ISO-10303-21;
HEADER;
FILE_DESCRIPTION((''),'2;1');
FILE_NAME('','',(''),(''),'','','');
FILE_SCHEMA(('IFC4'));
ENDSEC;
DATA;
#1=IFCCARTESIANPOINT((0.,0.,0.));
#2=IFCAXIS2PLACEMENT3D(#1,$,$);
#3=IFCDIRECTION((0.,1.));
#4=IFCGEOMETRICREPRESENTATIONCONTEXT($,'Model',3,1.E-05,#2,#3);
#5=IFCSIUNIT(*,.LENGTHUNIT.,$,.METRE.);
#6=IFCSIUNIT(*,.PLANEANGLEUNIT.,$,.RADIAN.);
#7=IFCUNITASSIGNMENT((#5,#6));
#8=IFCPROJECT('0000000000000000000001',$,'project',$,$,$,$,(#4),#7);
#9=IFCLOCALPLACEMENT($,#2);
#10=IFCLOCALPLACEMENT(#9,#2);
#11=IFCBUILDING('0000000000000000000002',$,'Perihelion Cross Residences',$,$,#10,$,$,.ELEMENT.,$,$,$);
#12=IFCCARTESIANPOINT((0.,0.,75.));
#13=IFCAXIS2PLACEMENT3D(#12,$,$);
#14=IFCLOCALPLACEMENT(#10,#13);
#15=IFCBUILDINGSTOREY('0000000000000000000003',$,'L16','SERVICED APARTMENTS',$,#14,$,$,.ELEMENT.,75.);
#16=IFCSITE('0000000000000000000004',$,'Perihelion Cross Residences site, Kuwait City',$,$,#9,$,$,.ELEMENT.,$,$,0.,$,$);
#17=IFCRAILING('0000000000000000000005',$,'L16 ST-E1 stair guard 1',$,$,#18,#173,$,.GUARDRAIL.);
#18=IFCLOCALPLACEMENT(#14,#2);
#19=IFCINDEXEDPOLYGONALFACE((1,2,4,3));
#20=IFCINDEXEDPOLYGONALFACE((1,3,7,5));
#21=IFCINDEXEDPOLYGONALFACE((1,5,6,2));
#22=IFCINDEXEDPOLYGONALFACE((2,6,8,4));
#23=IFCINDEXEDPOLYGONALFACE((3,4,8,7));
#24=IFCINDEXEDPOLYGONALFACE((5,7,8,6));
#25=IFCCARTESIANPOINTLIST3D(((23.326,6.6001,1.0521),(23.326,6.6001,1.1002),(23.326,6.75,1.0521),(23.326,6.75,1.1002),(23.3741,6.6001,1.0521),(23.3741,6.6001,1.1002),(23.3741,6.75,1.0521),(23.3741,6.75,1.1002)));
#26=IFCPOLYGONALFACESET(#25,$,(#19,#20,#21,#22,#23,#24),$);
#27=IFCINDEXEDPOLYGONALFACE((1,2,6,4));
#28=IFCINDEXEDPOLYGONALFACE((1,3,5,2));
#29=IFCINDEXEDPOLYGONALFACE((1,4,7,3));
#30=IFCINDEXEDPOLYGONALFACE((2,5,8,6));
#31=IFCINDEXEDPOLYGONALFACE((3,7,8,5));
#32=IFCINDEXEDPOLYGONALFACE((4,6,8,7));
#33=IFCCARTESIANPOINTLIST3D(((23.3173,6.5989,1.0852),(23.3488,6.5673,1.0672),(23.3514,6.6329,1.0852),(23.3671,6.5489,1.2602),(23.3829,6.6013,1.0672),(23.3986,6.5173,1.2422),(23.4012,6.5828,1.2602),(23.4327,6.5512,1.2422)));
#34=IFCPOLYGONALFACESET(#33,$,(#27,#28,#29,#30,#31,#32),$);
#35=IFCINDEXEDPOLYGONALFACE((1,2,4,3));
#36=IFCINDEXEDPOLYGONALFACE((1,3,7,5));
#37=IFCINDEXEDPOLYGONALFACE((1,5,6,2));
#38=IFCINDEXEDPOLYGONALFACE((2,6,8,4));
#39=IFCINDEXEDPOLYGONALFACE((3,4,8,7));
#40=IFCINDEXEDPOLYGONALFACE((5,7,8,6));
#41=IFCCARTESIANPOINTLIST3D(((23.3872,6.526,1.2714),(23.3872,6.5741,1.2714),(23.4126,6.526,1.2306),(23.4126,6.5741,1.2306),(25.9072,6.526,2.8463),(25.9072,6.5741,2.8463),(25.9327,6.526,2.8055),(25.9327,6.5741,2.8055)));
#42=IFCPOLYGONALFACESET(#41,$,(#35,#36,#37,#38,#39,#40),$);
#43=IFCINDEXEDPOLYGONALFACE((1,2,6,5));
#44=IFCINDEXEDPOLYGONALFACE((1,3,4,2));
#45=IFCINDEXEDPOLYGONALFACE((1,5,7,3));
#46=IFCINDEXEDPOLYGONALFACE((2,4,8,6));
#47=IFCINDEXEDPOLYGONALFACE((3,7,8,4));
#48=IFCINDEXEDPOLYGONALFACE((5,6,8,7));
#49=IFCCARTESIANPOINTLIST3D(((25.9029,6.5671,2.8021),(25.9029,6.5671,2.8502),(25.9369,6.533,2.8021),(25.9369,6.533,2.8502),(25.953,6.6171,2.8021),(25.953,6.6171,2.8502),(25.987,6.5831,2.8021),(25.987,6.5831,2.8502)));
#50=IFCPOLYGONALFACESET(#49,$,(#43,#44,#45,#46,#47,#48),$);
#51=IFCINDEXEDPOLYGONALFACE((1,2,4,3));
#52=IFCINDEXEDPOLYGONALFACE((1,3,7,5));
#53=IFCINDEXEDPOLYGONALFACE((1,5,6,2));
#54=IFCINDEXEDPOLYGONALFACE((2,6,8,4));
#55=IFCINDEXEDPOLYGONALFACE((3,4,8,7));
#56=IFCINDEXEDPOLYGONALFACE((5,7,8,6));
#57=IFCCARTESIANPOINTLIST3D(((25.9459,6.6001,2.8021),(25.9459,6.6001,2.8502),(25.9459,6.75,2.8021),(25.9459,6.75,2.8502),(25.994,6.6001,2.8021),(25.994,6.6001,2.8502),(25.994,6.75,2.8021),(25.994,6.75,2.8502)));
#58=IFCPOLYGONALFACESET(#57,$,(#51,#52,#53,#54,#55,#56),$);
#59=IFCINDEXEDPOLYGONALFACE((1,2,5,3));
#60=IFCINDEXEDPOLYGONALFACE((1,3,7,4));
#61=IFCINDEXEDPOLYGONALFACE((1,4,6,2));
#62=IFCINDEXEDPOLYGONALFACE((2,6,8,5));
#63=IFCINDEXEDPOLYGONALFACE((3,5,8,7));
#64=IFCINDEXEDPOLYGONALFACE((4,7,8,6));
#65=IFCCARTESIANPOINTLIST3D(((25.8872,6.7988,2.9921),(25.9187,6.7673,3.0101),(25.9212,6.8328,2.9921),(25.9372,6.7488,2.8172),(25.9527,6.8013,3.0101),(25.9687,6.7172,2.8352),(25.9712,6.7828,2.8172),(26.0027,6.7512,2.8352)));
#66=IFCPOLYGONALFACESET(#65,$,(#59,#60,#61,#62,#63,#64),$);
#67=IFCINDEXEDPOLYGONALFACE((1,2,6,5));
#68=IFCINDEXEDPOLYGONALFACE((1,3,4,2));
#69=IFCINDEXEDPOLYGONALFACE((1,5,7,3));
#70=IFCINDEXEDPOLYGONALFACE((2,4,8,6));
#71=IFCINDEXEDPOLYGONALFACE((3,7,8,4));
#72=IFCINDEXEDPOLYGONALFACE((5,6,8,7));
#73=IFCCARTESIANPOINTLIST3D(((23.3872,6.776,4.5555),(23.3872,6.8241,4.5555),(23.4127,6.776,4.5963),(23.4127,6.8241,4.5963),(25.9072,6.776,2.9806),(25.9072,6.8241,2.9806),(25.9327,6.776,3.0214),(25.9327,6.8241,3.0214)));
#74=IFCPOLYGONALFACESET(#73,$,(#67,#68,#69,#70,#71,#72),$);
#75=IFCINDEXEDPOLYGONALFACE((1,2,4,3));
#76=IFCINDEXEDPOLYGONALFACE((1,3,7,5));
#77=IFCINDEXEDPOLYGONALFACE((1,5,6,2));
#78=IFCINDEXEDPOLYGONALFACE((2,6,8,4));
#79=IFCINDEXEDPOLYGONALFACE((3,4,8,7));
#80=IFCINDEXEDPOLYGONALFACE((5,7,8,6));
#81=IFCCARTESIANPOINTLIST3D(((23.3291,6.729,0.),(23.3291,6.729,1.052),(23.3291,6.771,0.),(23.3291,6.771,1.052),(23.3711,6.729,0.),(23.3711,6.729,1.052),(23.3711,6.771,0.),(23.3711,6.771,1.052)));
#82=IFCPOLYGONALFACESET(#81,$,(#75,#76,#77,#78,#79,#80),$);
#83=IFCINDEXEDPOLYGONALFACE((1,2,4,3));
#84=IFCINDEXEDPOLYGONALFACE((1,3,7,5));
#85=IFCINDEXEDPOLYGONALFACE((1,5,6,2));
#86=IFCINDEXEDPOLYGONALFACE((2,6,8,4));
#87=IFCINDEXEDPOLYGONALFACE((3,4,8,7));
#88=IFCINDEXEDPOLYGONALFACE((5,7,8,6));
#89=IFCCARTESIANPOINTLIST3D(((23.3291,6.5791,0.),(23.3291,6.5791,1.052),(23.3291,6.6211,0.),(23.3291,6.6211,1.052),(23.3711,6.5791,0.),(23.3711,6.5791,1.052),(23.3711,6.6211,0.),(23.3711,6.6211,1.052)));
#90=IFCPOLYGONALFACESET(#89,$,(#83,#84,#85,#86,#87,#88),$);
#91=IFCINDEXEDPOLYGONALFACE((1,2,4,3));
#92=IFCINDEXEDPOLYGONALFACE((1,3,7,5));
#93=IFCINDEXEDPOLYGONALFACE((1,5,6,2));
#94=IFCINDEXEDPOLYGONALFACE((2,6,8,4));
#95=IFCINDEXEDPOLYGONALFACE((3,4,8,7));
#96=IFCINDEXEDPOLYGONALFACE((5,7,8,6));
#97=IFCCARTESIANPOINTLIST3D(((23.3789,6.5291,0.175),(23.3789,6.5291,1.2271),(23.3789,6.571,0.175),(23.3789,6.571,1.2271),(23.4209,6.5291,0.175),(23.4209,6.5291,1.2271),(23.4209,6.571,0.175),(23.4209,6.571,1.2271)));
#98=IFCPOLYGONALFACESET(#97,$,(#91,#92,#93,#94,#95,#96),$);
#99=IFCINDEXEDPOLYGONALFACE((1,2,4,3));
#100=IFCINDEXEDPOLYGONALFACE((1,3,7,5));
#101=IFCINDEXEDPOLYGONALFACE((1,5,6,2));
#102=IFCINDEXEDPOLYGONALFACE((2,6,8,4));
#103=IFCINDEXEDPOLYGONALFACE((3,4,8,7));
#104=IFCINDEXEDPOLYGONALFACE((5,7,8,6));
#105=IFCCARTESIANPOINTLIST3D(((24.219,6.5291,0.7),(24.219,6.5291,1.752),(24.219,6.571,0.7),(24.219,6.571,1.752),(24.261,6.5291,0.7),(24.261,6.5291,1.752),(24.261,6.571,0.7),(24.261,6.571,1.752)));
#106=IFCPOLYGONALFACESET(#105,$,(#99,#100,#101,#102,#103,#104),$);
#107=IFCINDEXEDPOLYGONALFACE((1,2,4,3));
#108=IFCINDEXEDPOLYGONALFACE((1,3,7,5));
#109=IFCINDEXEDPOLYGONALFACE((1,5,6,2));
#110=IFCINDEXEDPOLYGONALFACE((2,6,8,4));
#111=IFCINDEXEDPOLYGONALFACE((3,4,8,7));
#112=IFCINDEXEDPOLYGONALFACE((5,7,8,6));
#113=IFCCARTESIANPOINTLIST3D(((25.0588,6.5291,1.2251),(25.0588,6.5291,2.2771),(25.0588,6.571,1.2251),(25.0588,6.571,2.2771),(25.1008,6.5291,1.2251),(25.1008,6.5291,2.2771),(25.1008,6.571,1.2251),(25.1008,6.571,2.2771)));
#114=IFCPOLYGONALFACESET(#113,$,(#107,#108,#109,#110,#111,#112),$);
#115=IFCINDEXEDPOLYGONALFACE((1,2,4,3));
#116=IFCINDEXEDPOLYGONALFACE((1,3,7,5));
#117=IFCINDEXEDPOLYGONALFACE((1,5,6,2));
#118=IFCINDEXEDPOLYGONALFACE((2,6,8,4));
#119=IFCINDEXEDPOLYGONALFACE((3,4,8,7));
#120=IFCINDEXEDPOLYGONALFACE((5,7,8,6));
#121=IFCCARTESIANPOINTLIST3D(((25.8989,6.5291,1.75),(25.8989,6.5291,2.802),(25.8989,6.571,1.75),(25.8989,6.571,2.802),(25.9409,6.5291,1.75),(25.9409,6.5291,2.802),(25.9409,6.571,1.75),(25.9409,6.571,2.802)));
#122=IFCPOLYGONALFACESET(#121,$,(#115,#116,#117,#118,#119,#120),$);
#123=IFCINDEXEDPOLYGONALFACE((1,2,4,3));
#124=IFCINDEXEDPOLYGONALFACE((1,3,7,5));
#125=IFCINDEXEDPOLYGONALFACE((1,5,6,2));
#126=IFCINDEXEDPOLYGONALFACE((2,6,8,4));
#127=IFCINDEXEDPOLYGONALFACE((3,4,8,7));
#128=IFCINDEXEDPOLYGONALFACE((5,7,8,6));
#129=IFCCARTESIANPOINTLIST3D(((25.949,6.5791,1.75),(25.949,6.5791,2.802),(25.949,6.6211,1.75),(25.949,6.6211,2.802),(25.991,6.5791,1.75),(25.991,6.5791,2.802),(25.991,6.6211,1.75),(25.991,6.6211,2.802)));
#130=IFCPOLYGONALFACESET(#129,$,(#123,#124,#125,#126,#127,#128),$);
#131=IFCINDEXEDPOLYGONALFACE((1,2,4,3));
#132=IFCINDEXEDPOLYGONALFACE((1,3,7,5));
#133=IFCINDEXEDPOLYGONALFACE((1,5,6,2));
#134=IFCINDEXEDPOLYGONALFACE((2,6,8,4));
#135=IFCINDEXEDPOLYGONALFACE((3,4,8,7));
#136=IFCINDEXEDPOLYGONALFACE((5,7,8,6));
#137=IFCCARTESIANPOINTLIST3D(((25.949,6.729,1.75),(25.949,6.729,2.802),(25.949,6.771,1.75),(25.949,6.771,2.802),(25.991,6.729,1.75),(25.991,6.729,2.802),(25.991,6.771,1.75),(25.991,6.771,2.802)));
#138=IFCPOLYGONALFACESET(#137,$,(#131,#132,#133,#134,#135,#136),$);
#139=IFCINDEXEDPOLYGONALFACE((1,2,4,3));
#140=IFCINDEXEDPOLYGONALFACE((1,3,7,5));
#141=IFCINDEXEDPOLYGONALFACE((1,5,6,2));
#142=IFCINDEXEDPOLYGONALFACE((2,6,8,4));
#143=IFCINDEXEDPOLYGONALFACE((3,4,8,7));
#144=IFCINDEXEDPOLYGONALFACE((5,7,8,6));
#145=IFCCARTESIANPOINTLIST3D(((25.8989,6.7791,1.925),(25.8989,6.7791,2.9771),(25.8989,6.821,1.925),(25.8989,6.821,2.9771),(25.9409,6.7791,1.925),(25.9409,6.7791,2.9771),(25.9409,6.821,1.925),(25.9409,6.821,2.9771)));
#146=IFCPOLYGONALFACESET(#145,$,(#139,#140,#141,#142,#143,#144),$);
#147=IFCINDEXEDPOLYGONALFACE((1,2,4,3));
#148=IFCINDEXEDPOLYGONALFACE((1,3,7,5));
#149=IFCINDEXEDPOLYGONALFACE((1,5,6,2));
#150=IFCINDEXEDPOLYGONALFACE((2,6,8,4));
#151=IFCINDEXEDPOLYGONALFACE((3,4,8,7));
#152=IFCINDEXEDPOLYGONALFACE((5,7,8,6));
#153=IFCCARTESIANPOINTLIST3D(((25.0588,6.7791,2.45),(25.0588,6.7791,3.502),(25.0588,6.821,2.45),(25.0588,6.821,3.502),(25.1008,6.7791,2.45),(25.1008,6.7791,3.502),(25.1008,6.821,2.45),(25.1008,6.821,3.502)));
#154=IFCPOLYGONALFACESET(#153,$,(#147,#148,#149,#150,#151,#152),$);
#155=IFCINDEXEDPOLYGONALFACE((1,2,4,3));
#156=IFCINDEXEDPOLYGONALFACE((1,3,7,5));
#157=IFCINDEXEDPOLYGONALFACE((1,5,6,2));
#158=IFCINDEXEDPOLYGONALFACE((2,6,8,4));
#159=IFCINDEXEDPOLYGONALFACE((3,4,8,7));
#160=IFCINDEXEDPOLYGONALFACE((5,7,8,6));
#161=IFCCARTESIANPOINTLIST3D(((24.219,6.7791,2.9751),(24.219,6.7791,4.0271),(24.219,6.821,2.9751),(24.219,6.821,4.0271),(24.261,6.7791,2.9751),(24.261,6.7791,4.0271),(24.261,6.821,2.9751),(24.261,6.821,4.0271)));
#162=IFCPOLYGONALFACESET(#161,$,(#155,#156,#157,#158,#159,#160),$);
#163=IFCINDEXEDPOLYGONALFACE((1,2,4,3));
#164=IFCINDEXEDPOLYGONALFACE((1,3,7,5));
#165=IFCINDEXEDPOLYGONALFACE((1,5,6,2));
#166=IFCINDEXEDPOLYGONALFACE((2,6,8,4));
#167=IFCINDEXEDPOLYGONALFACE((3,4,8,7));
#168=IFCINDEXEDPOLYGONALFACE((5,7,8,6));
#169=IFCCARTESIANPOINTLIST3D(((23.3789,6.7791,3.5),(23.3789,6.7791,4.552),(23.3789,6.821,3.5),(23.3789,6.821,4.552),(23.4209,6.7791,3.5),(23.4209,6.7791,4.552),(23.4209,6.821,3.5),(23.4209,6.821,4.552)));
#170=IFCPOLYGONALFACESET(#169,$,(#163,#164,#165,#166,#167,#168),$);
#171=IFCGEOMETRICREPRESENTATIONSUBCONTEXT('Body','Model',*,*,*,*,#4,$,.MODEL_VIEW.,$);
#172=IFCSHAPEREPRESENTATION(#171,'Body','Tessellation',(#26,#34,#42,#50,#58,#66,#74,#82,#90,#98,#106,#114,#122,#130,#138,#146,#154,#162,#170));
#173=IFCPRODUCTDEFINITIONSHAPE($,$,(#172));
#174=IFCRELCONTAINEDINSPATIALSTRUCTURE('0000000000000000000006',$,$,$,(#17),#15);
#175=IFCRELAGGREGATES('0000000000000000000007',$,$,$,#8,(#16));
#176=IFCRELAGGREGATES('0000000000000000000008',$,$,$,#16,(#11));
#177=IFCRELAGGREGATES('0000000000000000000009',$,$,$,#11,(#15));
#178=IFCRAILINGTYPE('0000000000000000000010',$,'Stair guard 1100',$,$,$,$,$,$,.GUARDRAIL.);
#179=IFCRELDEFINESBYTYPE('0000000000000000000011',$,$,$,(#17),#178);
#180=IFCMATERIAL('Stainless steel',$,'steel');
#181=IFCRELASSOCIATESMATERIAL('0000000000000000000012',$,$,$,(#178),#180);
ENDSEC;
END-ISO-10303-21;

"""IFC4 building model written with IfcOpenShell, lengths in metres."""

from ifc_helpers import new_model, si_unit, direction, frame, origin, origin_2d, place, context, subcontext, project, spatial, rectangle, extrude, material, type_object, element, save


model = new_model("IFC4")

# Units and contexts
model_context = context("Model", 3, precision=1e-05, world=origin(), true_north=direction((0.0, 1.0)))
body_context = subcontext(model_context, "Body", "Model", "MODEL_VIEW")
ifc_project = project(units=[si_unit("LENGTHUNIT", "METRE"), si_unit("PLANEANGLEUNIT", "RADIAN")], contexts=[model_context])

# Site, building, storey
site_placement = place(None, origin())
site = spatial("IfcSite", under=ifc_project, at=site_placement, Name="Perihelion Cross Residences site, Kuwait City", CompositionType="ELEMENT", RefElevation=0.0)
building_placement = place(site_placement, origin())
building = spatial("IfcBuilding", under=site, at=building_placement, Name="Perihelion Cross Residences", CompositionType="ELEMENT")
storey_placement = place(building_placement, frame((0.0, 0.0, 75.0)))
storey = spatial("IfcBuildingStorey", under=building, at=storey_placement, Name="L16", Description="SERVICED APARTMENTS", CompositionType="ELEMENT", Elevation=75.0)

# Railing
ifc_material_1 = material(Name="Stainless steel", Category="steel")
railing_type_1 = type_object("IfcRailingType", Name="Stair guard 1100", PredefinedType="GUARDRAIL", material=ifc_material_1)
railing_1_placement = place(storey_placement, frame((23.3501, 6.75, 0.0)))
element("IfcRailing", 1, at=railing_1_placement, inside=storey, type_object=railing_type_1, Name="L16 ST-E1 stair guard 1", PredefinedType="GUARDRAIL", context=body_context, shape_type="SweptSolid", body=[
    extrude(rectangle(XDim=0.0481, YDim=0.0481, at=origin_2d()), frame((0.0, 0.0, 1.0762), z_axis=(0.0, -1.0, 0.0), x_axis=(1.0, 0.0, 0.0)), (0.0, 0.0, 1.0), 0.1499),
    extrude(rectangle(XDim=0.0481, YDim=0.0481, at=origin_2d()), frame((0.0, -0.1499, 1.0762), z_axis=(0.263862, -0.265156, 0.927399), x_axis=(0.708834, 0.705376, 0.0)), (0.0, 0.0, 1.0), 0.1887),
    extrude(rectangle(XDim=0.0481, YDim=0.0481, at=origin_2d()), frame((0.0498, -0.2, 1.251), z_axis=(0.848008, 0.0, 0.529984), x_axis=(0.0, 1.0, 0.0)), (0.0, 0.0, 1.0), 2.9717),
    extrude(rectangle(XDim=0.0481, YDim=0.0481, at=origin_2d()), frame((2.5698, -0.2, 2.8262), z_axis=(0.707107, 0.707107, 0.0), x_axis=(-0.707107, 0.707107, 0.0)), (0.0, 0.0, 1.0), 0.0708),
    extrude(rectangle(XDim=0.0481, YDim=0.0481, at=origin_2d()), frame((2.6199, -0.1499, 2.8262), z_axis=(0.0, 1.0, 0.0), x_axis=(-1.0, 0.0, 0.0)), (0.0, 0.0, 1.0), 0.1499),
    extrude(rectangle(XDim=0.0481, YDim=0.0481, at=origin_2d()), frame((2.6199, 0.0, 2.8262), z_axis=(-0.265065, 0.265065, 0.927082), x_axis=(-0.707107, -0.707107, 0.0)), (0.0, 0.0, 1.0), 0.1887),
    extrude(rectangle(XDim=0.0481, YDim=0.0481, at=origin_2d()), frame((2.5698, 0.05, 3.001), z_axis=(-0.848008, 0.0, 0.529984), x_axis=(0.0, -1.0, 0.0)), (0.0, 0.0, 1.0), 2.9717),
    extrude(rectangle(XDim=0.042, YDim=0.042, at=origin_2d()), origin(), (0.0, 0.0, 1.0), 1.052),
    extrude(rectangle(XDim=0.042, YDim=0.042, at=origin_2d()), frame((0.0, -0.1499, 0.0)), (0.0, 0.0, 1.0), 1.052),
    extrude(rectangle(XDim=0.042, YDim=0.042, at=origin_2d()), frame((0.0498, -0.2, 0.175)), (0.0, 0.0, 1.0), 1.052),
    extrude(rectangle(XDim=0.042, YDim=0.042, at=origin_2d()), frame((0.8899, -0.2, 0.7)), (0.0, 0.0, 1.0), 1.052),
    extrude(rectangle(XDim=0.042, YDim=0.042, at=origin_2d()), frame((1.7297, -0.2, 1.2251)), (0.0, 0.0, 1.0), 1.052),
    extrude(rectangle(XDim=0.042, YDim=0.042, at=origin_2d()), frame((2.5698, -0.2, 1.75)), (0.0, 0.0, 1.0), 1.052),
    extrude(rectangle(XDim=0.042, YDim=0.042, at=origin_2d()), frame((2.6199, -0.1499, 1.75)), (0.0, 0.0, 1.0), 1.052),
    extrude(rectangle(XDim=0.042, YDim=0.042, at=origin_2d()), frame((2.6199, 0.0, 1.75)), (0.0, 0.0, 1.0), 1.052),
    extrude(rectangle(XDim=0.042, YDim=0.042, at=origin_2d()), frame((2.5698, 0.05, 1.925)), (0.0, 0.0, 1.0), 1.052),
    extrude(rectangle(XDim=0.042, YDim=0.042, at=origin_2d()), frame((1.7297, 0.05, 2.45)), (0.0, 0.0, 1.0), 1.052),
    extrude(rectangle(XDim=0.042, YDim=0.042, at=origin_2d()), frame((0.8899, 0.05, 2.9751)), (0.0, 0.0, 1.0), 1.052),
    extrude(rectangle(XDim=0.042, YDim=0.042, at=origin_2d()), frame((0.0498, 0.05, 3.5)), (0.0, 0.0, 1.0), 1.052),
])

save(model, "model.ifc")
